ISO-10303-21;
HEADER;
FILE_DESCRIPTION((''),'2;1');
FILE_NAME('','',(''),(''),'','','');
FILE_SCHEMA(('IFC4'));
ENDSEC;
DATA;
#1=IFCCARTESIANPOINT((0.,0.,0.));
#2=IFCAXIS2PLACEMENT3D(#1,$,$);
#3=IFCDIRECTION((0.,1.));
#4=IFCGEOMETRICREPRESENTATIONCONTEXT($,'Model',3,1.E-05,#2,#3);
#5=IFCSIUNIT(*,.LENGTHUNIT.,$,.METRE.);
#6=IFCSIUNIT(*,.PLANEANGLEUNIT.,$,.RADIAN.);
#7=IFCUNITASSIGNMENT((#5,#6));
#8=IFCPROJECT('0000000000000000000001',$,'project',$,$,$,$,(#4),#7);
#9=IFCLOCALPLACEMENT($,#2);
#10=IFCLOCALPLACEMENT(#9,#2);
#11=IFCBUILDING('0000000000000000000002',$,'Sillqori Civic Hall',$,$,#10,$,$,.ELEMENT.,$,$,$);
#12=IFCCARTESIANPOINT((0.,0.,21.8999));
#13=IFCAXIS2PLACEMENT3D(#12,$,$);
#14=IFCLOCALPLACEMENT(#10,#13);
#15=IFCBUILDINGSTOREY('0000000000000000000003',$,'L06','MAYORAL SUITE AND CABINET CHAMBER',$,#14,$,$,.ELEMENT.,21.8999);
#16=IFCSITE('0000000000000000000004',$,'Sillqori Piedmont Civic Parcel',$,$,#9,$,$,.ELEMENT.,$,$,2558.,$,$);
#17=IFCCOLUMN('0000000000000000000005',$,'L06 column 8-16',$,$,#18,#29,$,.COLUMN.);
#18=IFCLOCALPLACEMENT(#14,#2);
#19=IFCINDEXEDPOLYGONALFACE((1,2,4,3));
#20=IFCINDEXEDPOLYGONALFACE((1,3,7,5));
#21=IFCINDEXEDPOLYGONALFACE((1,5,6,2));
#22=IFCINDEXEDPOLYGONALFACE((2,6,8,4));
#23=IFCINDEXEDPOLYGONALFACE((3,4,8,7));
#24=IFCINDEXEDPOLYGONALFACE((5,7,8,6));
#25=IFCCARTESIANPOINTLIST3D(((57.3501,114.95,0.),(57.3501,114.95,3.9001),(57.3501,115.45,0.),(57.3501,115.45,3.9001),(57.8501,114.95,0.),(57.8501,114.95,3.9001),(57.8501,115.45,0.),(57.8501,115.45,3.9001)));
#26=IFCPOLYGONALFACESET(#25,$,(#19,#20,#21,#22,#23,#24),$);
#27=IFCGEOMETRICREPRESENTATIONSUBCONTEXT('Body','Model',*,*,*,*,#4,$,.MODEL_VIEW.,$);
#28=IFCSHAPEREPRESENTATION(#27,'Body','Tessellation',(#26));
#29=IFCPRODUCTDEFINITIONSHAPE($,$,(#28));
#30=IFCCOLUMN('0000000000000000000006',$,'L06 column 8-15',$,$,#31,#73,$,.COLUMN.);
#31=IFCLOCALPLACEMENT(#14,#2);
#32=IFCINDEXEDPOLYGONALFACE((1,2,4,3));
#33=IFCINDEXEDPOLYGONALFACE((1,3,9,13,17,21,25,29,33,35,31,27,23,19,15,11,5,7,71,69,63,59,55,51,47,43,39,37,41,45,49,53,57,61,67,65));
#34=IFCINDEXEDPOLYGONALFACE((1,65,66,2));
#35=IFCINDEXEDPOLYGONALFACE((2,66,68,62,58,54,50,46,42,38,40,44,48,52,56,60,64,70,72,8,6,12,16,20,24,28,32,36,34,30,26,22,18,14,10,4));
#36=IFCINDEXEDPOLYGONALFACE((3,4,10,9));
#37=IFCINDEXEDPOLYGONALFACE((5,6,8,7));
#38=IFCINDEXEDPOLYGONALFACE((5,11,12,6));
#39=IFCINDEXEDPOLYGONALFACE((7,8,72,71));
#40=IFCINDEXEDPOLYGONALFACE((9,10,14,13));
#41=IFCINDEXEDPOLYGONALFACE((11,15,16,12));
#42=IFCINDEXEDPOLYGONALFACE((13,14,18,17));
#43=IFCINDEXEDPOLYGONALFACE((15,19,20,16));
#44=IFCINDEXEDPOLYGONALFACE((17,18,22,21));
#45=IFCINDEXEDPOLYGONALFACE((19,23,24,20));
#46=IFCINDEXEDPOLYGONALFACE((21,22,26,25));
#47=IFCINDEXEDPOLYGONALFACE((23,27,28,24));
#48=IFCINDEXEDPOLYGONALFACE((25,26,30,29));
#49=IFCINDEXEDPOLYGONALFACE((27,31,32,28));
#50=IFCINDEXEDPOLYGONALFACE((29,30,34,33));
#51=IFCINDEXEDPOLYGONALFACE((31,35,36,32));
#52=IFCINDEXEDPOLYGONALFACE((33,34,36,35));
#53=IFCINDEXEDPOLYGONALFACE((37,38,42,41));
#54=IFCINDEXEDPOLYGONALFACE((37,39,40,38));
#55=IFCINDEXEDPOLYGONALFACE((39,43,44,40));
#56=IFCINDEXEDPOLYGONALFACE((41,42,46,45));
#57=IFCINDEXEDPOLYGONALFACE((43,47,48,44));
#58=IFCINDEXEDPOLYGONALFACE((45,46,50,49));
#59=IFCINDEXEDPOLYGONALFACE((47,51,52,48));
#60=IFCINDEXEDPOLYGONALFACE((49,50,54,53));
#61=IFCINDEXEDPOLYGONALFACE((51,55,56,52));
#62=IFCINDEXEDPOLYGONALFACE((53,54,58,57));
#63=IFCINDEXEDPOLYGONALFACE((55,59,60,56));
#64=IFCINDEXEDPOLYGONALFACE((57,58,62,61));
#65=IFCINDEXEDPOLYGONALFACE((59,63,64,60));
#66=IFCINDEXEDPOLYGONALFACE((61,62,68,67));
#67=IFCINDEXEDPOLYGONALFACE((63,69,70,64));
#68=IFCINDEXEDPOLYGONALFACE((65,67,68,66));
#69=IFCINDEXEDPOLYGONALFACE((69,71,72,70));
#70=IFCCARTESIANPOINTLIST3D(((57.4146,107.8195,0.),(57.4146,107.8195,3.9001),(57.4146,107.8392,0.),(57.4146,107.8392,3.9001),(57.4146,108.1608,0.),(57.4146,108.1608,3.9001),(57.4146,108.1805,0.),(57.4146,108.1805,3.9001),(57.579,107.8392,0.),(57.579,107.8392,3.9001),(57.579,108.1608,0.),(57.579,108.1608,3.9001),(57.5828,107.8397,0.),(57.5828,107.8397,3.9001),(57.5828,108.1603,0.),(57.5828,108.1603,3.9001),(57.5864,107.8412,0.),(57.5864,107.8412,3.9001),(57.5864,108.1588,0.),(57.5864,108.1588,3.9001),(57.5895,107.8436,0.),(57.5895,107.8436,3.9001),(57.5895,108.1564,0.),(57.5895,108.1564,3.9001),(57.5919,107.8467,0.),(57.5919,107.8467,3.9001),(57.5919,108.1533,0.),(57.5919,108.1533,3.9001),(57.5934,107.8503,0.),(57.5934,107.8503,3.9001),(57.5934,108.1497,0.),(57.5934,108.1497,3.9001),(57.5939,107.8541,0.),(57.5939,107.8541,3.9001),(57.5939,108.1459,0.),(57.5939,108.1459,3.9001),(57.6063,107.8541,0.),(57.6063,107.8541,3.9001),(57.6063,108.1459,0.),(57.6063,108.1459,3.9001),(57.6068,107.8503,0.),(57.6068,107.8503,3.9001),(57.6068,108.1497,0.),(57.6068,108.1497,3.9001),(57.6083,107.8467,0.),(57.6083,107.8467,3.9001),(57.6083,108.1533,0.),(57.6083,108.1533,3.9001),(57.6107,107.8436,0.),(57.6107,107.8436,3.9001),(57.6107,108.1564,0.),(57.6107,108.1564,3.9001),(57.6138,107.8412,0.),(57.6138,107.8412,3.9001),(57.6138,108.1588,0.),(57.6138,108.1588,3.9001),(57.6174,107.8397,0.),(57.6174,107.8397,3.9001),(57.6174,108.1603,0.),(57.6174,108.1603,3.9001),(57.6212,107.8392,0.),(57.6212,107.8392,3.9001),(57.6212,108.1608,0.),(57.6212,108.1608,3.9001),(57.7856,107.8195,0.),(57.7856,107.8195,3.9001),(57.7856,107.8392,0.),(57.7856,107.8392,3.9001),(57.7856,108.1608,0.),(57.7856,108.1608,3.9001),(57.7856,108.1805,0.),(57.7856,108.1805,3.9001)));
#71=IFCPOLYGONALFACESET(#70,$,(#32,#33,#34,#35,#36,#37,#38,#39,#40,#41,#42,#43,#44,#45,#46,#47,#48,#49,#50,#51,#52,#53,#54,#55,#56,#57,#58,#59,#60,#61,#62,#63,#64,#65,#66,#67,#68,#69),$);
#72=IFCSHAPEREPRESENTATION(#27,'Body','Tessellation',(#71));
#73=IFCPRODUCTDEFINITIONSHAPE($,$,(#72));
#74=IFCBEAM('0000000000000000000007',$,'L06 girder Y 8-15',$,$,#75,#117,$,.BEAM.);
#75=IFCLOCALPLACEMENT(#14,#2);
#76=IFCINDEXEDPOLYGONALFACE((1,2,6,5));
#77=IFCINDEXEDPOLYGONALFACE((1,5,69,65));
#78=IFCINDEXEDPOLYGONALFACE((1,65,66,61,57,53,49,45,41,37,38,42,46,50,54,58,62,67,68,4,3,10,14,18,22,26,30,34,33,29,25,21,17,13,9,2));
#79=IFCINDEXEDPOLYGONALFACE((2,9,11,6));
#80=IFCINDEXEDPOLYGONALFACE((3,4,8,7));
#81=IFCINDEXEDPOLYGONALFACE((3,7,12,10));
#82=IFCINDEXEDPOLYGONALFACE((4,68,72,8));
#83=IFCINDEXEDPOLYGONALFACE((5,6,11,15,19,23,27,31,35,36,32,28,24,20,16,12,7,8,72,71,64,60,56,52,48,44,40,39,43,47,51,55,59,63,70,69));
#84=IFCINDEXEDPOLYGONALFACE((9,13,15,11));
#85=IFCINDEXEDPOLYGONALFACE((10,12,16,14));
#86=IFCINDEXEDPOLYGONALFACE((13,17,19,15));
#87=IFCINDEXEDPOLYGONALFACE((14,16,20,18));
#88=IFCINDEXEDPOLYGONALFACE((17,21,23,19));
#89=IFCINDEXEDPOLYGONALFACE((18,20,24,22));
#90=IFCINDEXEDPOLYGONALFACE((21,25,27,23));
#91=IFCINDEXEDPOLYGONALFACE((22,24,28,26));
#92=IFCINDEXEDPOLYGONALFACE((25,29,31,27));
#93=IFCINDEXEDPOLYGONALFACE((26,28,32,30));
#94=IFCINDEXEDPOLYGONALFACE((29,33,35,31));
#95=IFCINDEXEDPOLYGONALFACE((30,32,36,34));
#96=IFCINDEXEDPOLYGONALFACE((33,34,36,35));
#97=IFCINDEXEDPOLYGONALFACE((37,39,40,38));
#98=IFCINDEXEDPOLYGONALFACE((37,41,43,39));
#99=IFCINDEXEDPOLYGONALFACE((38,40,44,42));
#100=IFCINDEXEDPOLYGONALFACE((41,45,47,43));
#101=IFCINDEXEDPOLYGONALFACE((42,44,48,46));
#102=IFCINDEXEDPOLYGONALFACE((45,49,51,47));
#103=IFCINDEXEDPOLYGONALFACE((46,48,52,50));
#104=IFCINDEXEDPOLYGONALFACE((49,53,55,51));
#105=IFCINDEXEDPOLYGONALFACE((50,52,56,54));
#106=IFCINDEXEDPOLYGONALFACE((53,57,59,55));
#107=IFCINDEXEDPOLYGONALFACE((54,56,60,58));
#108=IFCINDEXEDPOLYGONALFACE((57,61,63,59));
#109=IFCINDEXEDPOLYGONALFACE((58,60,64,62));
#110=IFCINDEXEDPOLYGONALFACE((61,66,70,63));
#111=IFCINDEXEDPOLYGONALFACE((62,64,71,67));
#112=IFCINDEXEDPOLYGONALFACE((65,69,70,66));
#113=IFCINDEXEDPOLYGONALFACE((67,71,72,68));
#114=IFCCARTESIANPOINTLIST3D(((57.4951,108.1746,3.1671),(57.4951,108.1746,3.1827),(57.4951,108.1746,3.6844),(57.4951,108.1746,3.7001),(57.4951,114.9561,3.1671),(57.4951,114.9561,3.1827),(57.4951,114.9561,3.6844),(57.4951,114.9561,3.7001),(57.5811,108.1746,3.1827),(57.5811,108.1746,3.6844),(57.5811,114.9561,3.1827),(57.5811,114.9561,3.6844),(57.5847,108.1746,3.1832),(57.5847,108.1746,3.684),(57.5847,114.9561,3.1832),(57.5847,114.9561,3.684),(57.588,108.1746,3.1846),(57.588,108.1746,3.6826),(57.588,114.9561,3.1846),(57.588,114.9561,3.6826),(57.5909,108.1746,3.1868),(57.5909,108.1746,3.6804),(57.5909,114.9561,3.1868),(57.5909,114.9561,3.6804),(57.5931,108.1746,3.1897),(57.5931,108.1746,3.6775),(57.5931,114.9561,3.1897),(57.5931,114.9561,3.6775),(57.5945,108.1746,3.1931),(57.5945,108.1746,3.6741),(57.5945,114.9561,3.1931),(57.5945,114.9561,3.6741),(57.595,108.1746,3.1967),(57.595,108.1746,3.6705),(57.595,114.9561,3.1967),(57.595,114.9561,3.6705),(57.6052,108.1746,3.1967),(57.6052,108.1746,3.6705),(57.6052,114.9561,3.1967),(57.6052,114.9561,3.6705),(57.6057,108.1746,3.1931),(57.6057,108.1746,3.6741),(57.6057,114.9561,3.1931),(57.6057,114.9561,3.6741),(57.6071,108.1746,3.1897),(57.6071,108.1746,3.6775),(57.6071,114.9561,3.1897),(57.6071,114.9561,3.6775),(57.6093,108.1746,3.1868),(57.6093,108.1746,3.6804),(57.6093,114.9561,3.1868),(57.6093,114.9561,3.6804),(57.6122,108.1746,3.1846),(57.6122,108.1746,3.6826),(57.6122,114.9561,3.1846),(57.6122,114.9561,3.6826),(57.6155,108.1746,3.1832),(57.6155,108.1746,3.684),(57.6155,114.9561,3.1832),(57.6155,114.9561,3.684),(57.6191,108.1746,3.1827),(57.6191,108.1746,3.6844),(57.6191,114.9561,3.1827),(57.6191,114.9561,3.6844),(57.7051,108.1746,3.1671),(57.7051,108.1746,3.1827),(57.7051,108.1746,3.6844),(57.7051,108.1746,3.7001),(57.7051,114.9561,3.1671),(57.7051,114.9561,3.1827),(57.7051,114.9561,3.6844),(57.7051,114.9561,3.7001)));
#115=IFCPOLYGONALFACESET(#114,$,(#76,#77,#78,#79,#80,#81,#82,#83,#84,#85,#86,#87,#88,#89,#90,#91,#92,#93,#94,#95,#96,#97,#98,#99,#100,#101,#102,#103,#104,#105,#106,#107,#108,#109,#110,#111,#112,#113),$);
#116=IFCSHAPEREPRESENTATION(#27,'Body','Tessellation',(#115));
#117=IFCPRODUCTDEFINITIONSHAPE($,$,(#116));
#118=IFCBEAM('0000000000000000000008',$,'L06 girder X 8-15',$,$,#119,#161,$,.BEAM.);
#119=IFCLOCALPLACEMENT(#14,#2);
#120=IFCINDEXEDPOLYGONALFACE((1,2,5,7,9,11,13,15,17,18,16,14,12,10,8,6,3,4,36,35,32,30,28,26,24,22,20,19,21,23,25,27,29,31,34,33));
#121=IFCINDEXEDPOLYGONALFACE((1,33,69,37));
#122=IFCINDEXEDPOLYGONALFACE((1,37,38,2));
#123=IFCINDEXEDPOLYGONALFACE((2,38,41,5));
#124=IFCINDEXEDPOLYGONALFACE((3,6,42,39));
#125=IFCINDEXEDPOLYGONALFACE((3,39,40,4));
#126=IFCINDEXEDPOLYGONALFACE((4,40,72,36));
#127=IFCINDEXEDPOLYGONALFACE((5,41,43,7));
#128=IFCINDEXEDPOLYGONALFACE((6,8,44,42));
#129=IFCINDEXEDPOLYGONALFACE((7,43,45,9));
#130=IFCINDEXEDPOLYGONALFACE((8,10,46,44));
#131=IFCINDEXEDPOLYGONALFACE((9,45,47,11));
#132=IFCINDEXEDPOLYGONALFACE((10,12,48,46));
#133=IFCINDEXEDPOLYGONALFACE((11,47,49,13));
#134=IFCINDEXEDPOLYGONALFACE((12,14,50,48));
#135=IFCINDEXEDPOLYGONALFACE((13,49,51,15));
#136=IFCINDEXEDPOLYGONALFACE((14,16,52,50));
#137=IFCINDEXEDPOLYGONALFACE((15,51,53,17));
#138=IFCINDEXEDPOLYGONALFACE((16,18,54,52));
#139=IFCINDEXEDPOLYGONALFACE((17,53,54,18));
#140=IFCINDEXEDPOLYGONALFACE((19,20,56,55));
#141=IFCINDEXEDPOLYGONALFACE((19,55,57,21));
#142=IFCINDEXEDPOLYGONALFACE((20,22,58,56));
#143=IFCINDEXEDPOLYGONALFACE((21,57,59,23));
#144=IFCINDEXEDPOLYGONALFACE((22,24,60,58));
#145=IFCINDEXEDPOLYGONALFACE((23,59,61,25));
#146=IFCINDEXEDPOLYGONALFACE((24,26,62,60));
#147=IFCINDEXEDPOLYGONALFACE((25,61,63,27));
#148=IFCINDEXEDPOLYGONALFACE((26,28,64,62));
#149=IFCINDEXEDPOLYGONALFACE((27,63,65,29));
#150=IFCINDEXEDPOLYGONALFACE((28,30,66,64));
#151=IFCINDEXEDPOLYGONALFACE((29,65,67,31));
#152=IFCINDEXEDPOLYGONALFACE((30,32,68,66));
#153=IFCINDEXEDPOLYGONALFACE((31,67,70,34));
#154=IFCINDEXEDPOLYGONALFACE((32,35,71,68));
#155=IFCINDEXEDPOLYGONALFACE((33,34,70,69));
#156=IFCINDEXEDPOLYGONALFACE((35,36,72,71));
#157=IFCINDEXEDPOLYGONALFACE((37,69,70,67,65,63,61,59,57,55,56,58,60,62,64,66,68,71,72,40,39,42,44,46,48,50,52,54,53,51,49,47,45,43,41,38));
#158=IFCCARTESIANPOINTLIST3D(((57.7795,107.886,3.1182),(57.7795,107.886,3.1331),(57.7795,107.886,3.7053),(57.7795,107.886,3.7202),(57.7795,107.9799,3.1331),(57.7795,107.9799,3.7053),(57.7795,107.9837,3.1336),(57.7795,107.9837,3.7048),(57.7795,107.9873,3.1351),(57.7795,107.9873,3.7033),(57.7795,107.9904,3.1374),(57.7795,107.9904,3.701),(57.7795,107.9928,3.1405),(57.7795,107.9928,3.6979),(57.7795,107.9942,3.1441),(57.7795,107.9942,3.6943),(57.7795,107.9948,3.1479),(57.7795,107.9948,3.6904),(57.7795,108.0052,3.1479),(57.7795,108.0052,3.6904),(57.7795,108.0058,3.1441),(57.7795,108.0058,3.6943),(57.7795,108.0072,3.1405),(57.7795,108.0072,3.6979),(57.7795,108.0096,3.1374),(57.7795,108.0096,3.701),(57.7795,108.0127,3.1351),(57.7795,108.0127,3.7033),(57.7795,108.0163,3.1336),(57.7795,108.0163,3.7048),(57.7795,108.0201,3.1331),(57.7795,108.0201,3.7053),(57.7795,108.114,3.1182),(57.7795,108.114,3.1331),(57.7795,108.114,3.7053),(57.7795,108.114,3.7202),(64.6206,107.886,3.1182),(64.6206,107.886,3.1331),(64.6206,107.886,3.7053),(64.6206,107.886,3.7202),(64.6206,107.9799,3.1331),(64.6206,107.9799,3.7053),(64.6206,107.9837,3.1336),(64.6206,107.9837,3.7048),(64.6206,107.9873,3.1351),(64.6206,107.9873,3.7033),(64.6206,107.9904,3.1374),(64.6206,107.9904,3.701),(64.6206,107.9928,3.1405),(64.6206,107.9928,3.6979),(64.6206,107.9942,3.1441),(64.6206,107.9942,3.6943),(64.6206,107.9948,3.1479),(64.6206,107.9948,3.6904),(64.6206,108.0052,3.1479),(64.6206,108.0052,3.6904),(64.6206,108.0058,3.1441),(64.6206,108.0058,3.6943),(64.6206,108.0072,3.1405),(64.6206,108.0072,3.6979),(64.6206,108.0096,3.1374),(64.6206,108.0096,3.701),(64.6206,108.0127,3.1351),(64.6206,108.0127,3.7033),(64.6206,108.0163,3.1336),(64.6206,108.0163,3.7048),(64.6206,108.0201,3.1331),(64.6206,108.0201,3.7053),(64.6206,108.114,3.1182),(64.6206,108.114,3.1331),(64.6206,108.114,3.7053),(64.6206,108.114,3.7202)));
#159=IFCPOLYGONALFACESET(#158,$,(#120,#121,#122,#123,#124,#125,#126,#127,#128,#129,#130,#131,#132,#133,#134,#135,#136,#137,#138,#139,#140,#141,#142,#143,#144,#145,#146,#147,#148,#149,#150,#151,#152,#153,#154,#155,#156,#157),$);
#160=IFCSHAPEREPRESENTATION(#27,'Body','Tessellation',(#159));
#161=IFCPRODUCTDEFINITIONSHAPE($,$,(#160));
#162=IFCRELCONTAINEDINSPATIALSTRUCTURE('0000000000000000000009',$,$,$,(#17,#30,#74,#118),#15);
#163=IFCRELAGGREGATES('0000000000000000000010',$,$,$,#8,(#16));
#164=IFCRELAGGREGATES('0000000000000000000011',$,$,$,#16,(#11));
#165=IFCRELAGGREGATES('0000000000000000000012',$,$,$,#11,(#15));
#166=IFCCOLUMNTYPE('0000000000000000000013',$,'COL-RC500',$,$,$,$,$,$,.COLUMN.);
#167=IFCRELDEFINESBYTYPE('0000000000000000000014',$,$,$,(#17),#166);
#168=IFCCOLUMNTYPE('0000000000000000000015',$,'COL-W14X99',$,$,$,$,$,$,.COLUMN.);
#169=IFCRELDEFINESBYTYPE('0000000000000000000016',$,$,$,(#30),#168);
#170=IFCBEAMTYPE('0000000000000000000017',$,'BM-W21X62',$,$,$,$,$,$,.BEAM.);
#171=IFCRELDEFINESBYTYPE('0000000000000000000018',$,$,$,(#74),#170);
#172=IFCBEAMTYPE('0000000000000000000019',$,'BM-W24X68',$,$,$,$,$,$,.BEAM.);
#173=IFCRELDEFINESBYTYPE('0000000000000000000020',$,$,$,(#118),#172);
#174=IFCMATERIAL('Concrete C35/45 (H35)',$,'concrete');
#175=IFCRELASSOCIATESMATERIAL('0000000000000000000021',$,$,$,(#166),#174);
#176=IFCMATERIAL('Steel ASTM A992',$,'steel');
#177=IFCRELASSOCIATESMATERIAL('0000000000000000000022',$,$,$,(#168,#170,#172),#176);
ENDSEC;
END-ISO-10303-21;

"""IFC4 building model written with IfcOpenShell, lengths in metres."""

from ifc_helpers import new_model, si_unit, direction, frame, origin, origin_2d, place, context, subcontext, project, spatial, rectangle, i_section, extrude, material, material_profile, profile_set, type_object, element, save


model = new_model("IFC4")

# Units and contexts
model_context = context("Model", 3, precision=1e-05, world=origin(), true_north=direction((0.0, 1.0)))
body_context = subcontext(model_context, "Body", "Model", "MODEL_VIEW")
ifc_project = project(units=[si_unit("LENGTHUNIT", "METRE"), si_unit("PLANEANGLEUNIT", "RADIAN")], contexts=[model_context])

# Site, building, storey
site_placement = place(None, origin())
site = spatial("IfcSite", under=ifc_project, at=site_placement, Name="Sillqori Piedmont Civic Parcel", CompositionType="ELEMENT", RefElevation=2558.0)
building_placement = place(site_placement, origin())
building = spatial("IfcBuilding", under=site, at=building_placement, Name="Sillqori Civic Hall", CompositionType="ELEMENT")
storey_placement = place(building_placement, frame((0.0, 0.0, 21.8999)))
storey = spatial("IfcBuildingStorey", under=building, at=storey_placement, Name="L06", Description="MAYORAL SUITE AND CABINET CHAMBER", CompositionType="ELEMENT", Elevation=21.8999)

# Columns
ifc_material_1 = material(Name="Concrete C35/45 (H35)", Category="concrete")
ifc_material_profile_1 = material_profile(ifc_material_1, rectangle(XDim=0.5, YDim=0.5, at=origin_2d()), Name="RC 500x500")
ifc_profile_set_1 = profile_set([ifc_material_profile_1], Name="Concrete C35/45 (H35)")
column_type_1 = type_object("IfcColumnType", Name="COL-RC500", PredefinedType="COLUMN", material=ifc_profile_set_1)
column_1_placement = place(storey_placement, frame((57.6001, 115.2, 0.0), z_axis=(0.0, 0.0, 1.0), x_axis=(1.0, 0.0, 0.0)))
element("IfcColumn", 1, at=column_1_placement, inside=storey, type_object=column_type_1, Name="L06 column 8-16", PredefinedType="COLUMN", context=body_context, shape_type="SweptSolid", body=[
    extrude(rectangle(XDim=0.5, YDim=0.5, at=origin_2d()), origin(), (0.0, 0.0, 1.0), 3.9001),
])
ifc_material_2 = material(Name="Steel ASTM A992", Category="steel")
ifc_material_profile_2 = material_profile(ifc_material_2, i_section(OverallWidth=0.3711, OverallDepth=0.3611, WebThickness=0.0125, FlangeThickness=0.0198, FilletRadius=0.0149, at=origin_2d()), Name="W14X99")
ifc_profile_set_2 = profile_set([ifc_material_profile_2], Name="Steel ASTM A992")
column_type_2 = type_object("IfcColumnType", Name="COL-W14X99", PredefinedType="COLUMN", material=ifc_profile_set_2)
column_2_placement = place(storey_placement, frame((57.6001, 108.0, 0.0), z_axis=(0.0, 0.0, 1.0), x_axis=(1.0, 0.0, 0.0)))
element("IfcColumn", 2, at=column_2_placement, inside=storey, type_object=column_type_2, Name="L06 column 8-15", PredefinedType="COLUMN", context=body_context, shape_type="SweptSolid", body=[
    extrude(i_section(OverallWidth=0.3711, OverallDepth=0.3611, WebThickness=0.0125, FlangeThickness=0.0198, FilletRadius=0.0149, at=origin_2d()), origin(), (0.0, 0.0, 1.0), 3.9001),
])

# Beams
ifc_material_profile_3 = material_profile(ifc_material_2, i_section(OverallWidth=0.21, OverallDepth=0.533, WebThickness=0.0103, FlangeThickness=0.0156, FilletRadius=0.0139, at=origin_2d()), Name="W21X62")
ifc_profile_set_3 = profile_set([ifc_material_profile_3], Name="Steel ASTM A992")
beam_type_1 = type_object("IfcBeamType", Name="BM-W21X62", PredefinedType="BEAM", material=ifc_profile_set_3)
beam_1_placement = place(storey_placement, frame((57.6001, 108.1746, 3.4336), z_axis=(0.0, 1.0, 0.0), x_axis=(-1.0, 0.0, 0.0)))
element("IfcBeam", 3, at=beam_1_placement, inside=storey, type_object=beam_type_1, Name="L06 girder Y 8-15", PredefinedType="BEAM", context=body_context, shape_type="SweptSolid", body=[
    extrude(i_section(OverallWidth=0.21, OverallDepth=0.533, WebThickness=0.0103, FlangeThickness=0.0156, FilletRadius=0.0139, at=origin_2d()), origin(), (0.0, 0.0, 1.0), 6.7815),
])
ifc_material_profile_4 = material_profile(ifc_material_2, i_section(OverallWidth=0.228, OverallDepth=0.6021, WebThickness=0.0105, FlangeThickness=0.0149, FilletRadius=0.0149, at=origin_2d()), Name="W24X68")
ifc_profile_set_4 = profile_set([ifc_material_profile_4], Name="Steel ASTM A992")
beam_type_2 = type_object("IfcBeamType", Name="BM-W24X68", PredefinedType="BEAM", material=ifc_profile_set_4)
beam_2_placement = place(storey_placement, frame((57.7795, 108.0, 3.4192), z_axis=(1.0, 0.0, 0.0), x_axis=(0.0, 1.0, 0.0)))
element("IfcBeam", 4, at=beam_2_placement, inside=storey, type_object=beam_type_2, Name="L06 girder X 8-15", PredefinedType="BEAM", context=body_context, shape_type="SweptSolid", body=[
    extrude(i_section(OverallWidth=0.228, OverallDepth=0.6021, WebThickness=0.0105, FlangeThickness=0.0149, FilletRadius=0.0149, at=origin_2d()), origin(), (0.0, 0.0, 1.0), 6.8411),
])

save(model, "model.ifc")
